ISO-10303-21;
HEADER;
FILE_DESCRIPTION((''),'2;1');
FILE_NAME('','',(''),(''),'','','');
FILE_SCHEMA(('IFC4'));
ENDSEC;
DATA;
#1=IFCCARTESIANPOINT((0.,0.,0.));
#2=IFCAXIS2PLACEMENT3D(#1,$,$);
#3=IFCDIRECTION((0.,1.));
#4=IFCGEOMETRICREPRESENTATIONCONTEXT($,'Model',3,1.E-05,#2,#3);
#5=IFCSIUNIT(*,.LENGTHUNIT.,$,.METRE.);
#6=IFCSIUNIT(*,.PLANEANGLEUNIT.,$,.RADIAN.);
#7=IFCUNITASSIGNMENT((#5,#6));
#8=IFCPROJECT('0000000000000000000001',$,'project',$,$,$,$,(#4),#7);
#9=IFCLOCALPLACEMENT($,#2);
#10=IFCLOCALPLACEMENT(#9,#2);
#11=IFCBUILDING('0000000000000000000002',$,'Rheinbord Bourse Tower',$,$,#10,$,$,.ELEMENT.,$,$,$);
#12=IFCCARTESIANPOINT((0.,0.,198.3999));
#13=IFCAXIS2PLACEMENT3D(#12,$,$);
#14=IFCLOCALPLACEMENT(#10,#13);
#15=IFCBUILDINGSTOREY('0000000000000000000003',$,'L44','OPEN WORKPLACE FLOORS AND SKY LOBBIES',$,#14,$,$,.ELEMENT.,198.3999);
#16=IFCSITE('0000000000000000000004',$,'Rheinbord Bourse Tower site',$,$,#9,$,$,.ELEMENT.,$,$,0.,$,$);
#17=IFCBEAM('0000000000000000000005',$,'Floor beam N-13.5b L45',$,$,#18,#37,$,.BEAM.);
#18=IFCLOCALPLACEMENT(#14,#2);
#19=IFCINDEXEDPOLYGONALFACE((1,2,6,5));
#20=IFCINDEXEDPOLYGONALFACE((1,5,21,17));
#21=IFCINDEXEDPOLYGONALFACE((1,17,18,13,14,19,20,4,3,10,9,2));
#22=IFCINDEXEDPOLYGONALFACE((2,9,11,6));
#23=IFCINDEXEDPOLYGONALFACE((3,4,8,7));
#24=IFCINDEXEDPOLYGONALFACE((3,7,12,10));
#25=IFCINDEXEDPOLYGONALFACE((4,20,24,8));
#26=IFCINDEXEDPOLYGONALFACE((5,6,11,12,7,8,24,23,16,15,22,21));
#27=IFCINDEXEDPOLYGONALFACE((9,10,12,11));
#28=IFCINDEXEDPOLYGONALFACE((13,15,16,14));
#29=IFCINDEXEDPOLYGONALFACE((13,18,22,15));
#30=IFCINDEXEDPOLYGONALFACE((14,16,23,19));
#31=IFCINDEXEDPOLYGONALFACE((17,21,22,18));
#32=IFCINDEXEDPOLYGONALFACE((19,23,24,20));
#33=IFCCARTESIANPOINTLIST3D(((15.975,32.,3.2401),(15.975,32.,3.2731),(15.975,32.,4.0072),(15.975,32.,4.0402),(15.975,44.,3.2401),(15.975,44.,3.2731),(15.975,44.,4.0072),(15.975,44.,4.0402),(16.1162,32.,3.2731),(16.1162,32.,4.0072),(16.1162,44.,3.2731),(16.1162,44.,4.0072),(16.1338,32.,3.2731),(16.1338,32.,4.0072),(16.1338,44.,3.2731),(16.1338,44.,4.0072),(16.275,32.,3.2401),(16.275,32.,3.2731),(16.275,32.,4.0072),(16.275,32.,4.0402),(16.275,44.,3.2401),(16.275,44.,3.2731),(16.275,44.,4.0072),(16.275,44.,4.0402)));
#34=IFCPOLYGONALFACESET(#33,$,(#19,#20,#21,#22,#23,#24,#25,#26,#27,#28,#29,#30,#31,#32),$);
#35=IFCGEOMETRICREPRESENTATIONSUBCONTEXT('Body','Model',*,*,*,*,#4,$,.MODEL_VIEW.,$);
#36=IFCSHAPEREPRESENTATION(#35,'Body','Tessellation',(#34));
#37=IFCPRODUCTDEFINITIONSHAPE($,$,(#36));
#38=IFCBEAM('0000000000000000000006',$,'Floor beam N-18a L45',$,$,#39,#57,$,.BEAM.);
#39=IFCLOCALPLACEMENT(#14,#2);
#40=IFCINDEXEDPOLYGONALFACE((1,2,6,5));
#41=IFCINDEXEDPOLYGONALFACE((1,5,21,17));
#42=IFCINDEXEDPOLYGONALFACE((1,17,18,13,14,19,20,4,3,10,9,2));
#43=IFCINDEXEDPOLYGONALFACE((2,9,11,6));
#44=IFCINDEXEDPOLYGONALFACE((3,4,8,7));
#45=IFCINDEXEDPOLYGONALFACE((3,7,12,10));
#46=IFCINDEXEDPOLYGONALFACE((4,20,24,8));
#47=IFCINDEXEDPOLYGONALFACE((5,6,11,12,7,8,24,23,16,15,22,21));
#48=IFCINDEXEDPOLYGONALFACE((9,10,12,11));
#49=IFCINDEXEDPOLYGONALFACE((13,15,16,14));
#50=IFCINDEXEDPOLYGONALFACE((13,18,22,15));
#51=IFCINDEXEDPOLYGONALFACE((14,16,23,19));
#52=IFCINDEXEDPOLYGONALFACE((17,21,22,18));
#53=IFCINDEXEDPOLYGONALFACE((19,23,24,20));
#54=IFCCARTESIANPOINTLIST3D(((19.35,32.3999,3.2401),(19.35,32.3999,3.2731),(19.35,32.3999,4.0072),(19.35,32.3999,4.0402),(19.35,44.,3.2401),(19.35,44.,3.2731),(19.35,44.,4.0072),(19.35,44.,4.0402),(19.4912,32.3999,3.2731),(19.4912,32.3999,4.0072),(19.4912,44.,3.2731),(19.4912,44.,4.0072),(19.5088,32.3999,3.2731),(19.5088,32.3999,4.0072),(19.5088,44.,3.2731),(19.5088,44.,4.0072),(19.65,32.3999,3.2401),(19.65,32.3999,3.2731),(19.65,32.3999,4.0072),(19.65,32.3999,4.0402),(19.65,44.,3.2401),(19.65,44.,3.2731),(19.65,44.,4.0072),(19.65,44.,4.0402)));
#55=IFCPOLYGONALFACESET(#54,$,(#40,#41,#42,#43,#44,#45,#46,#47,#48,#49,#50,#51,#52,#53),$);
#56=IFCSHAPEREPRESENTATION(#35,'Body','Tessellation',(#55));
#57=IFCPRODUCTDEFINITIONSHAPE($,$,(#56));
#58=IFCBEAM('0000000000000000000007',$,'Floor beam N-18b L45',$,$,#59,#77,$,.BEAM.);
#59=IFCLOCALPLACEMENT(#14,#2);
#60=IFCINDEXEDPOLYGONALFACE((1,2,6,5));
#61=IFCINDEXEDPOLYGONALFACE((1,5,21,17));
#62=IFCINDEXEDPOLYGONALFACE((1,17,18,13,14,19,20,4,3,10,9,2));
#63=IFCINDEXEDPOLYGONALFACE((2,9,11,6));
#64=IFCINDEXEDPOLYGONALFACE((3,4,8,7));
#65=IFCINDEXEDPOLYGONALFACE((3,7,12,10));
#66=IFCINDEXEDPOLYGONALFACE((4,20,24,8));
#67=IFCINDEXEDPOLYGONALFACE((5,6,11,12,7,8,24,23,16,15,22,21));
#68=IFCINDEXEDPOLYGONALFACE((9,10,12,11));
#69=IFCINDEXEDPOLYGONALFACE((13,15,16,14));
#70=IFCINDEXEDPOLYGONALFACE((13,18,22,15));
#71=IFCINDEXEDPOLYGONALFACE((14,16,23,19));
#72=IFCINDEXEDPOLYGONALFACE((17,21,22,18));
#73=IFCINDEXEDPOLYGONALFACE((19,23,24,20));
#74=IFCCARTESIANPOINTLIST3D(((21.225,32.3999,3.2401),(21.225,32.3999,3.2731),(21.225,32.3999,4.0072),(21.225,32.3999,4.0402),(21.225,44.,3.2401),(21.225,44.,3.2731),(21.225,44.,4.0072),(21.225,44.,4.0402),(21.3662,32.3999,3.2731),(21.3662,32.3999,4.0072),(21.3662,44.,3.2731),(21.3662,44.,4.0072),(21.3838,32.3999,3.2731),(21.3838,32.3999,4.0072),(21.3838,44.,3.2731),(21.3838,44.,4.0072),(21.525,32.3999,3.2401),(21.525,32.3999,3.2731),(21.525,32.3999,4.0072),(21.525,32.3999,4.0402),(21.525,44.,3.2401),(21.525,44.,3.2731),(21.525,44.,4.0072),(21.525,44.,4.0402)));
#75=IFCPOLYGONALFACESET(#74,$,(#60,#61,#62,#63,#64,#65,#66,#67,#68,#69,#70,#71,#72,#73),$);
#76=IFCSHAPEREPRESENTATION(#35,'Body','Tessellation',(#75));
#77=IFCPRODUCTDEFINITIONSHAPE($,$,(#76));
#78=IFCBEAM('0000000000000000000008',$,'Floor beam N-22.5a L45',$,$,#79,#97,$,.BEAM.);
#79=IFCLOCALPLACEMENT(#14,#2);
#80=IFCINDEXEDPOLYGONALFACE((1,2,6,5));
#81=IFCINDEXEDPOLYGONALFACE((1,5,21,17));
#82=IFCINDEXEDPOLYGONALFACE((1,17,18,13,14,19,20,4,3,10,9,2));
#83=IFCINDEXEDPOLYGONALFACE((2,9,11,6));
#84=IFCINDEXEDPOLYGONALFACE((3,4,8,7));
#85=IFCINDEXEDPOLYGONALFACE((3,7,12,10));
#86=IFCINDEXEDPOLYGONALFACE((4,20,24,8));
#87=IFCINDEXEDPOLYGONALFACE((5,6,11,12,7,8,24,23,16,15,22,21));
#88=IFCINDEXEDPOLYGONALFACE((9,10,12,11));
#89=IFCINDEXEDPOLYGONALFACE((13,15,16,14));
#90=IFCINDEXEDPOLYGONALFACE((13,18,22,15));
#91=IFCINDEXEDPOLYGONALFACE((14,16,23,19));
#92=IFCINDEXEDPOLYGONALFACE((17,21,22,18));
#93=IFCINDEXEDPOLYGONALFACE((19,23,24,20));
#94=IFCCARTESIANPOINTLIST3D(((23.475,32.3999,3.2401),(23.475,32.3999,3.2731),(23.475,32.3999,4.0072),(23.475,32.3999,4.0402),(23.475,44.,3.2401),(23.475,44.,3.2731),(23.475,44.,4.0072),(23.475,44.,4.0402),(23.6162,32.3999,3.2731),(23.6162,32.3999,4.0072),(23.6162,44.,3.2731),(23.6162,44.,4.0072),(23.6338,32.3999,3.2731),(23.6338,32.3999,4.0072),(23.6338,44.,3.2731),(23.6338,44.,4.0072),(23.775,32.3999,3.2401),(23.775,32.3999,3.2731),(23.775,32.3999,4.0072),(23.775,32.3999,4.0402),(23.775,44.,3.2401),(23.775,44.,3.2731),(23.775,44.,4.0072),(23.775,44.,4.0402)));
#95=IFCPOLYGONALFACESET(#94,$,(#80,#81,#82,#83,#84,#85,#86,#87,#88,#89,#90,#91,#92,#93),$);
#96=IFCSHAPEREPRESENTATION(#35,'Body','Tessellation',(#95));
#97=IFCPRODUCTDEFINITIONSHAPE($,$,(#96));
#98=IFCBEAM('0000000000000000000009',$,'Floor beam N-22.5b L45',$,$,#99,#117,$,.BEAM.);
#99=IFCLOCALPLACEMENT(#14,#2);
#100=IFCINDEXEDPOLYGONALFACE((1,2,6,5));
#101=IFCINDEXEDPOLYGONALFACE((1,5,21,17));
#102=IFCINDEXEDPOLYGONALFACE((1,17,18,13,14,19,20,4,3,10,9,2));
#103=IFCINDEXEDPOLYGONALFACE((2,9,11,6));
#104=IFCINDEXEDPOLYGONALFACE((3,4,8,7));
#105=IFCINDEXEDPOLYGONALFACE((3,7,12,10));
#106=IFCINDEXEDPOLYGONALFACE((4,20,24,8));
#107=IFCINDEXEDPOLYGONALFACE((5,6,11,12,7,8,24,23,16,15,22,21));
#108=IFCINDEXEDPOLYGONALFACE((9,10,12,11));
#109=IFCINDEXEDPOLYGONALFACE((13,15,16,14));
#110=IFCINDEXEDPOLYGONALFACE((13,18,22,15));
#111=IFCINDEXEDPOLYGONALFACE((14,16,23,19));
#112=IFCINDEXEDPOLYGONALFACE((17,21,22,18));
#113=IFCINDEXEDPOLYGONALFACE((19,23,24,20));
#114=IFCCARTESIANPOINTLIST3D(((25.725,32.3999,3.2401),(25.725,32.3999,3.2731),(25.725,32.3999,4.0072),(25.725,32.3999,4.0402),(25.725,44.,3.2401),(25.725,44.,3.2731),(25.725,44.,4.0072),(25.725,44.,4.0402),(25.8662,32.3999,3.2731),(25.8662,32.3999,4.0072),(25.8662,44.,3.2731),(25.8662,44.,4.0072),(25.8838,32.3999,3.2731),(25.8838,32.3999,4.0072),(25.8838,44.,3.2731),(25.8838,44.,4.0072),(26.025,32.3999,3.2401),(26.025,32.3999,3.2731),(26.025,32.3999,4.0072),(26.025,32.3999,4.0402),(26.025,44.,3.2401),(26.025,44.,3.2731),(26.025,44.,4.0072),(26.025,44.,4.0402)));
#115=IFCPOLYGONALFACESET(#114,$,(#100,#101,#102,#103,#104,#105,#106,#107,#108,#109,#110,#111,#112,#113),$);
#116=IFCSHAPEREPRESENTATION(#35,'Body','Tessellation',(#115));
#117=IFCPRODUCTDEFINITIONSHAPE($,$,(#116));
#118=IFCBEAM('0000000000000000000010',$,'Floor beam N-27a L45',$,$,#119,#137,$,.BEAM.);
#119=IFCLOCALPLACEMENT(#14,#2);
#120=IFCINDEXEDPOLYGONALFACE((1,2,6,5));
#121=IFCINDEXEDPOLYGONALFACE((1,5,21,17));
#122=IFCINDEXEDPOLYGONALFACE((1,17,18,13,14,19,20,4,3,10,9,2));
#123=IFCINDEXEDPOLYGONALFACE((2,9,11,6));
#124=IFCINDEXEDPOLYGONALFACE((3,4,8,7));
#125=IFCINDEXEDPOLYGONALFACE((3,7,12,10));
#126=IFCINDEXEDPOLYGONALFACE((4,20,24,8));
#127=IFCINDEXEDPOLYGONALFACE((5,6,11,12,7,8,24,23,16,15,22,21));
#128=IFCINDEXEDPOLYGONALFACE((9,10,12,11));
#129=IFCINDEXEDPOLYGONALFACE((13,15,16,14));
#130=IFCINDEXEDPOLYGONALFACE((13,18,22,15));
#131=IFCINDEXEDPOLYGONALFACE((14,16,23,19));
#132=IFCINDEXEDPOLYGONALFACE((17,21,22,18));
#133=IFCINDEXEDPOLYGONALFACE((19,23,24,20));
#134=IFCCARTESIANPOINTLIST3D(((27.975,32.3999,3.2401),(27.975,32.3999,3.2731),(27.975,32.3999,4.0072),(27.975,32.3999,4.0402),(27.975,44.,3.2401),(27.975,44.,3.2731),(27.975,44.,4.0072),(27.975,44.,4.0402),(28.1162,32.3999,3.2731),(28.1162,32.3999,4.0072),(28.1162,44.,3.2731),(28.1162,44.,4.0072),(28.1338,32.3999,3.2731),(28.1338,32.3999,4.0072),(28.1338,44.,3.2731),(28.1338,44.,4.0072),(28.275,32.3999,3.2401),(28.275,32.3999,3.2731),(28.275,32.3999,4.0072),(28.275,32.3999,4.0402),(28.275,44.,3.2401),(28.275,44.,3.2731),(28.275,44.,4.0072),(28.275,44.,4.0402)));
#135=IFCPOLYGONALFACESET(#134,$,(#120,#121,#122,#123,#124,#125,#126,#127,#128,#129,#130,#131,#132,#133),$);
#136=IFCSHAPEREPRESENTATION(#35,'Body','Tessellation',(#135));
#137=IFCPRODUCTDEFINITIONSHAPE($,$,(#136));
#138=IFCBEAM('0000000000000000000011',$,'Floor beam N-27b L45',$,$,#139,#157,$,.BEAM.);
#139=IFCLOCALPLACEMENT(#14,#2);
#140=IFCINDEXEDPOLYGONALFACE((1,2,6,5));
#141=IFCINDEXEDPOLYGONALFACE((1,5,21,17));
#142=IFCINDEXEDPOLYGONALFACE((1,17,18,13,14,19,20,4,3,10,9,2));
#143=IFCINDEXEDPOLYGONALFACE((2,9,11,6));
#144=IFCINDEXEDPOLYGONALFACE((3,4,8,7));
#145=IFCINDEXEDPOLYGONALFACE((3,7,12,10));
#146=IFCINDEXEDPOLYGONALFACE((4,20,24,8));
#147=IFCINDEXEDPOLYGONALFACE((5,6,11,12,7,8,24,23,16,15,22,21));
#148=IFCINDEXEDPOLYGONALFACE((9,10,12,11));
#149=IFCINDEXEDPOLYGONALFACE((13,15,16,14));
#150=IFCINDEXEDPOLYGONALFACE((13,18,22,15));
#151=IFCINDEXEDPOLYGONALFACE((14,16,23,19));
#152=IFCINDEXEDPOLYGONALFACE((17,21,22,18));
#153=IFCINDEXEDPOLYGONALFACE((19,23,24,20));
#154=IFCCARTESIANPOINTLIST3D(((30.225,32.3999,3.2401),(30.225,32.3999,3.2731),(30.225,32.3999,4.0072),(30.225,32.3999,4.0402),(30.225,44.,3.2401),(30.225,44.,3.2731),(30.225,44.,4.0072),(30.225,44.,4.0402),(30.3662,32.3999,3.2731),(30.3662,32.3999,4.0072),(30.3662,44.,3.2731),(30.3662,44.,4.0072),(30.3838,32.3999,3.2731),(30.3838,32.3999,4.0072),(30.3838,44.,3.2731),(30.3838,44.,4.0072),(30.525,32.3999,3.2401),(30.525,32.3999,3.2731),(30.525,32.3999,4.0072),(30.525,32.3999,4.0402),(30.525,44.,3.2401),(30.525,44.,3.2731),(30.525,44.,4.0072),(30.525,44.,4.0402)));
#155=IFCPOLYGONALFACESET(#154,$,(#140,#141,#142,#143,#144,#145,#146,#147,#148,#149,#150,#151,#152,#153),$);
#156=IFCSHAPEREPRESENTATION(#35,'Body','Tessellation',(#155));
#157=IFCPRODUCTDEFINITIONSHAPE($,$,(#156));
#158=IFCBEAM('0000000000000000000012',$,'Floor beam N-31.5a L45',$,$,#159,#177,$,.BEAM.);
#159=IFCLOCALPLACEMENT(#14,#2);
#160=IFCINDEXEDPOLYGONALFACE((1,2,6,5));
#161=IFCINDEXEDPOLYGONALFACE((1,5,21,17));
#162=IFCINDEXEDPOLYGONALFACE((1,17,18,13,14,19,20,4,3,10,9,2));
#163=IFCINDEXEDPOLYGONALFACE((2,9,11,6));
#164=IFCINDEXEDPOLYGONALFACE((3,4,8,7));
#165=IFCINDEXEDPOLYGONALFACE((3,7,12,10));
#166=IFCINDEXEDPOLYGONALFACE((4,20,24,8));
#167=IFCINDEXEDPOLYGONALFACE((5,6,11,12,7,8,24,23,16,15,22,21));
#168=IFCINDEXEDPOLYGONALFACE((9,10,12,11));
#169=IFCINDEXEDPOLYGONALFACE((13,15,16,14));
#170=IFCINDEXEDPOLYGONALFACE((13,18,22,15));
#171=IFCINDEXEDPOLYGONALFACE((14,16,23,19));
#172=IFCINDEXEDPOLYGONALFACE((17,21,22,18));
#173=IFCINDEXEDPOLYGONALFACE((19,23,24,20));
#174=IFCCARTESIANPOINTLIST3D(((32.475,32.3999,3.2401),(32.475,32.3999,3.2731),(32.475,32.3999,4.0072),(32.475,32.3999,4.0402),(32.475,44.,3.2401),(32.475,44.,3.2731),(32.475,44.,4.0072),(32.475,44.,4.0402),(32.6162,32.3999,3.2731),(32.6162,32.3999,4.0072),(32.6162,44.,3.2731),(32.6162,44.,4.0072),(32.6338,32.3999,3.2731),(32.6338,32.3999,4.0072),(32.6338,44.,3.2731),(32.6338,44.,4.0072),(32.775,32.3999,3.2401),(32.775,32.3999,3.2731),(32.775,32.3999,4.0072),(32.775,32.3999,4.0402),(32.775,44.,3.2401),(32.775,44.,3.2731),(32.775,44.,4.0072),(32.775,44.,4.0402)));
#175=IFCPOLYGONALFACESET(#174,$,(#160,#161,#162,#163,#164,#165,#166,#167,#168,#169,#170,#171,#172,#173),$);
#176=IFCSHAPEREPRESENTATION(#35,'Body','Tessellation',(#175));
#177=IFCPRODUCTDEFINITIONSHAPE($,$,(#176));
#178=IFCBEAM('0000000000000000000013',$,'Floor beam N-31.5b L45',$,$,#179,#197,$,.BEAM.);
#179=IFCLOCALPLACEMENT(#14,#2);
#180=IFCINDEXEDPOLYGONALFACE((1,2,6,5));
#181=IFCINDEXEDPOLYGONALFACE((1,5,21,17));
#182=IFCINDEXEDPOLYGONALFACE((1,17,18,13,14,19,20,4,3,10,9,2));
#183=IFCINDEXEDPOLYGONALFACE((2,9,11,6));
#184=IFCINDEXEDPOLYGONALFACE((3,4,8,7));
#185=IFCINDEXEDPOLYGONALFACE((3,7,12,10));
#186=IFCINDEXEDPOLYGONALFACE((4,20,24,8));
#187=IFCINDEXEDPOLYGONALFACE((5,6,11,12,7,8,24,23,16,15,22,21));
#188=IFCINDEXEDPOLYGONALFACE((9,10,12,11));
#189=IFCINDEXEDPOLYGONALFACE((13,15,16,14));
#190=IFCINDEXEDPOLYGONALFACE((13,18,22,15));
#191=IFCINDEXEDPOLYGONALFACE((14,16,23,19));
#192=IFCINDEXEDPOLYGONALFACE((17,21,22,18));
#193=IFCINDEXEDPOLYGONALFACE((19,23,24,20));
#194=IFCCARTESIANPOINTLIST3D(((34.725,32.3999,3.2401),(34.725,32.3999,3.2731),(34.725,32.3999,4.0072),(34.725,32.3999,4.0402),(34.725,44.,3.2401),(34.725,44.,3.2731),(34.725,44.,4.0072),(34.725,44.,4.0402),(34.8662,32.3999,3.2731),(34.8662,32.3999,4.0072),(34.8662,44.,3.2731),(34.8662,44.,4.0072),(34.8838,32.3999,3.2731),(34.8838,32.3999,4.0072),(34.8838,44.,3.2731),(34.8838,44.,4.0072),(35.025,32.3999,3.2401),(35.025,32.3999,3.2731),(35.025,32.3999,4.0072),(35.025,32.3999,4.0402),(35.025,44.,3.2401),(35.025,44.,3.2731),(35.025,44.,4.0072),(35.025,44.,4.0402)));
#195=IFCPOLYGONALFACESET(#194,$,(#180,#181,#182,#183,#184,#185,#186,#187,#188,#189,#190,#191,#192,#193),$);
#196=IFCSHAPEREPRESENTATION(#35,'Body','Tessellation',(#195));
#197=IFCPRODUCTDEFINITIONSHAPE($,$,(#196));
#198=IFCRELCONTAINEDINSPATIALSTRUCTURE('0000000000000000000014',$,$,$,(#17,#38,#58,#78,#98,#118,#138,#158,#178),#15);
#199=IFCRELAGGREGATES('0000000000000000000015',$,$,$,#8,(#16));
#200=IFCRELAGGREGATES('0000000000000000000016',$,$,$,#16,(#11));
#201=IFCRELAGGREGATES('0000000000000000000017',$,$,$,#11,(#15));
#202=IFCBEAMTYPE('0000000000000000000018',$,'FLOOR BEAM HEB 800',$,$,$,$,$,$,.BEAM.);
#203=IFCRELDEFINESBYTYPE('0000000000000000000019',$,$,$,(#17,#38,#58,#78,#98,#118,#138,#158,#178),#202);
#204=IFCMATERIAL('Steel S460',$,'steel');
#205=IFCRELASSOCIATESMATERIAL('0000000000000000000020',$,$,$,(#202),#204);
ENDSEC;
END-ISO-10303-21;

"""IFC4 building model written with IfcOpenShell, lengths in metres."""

from ifc_helpers import new_model, si_unit, direction, frame, origin, origin_2d, place, context, subcontext, project, spatial, i_section, extrude, material, material_profile, profile_set, type_object, element, save


model = new_model("IFC4")

# Units and contexts
model_context = context("Model", 3, precision=1e-05, world=origin(), true_north=direction((0.0, 1.0)))
body_context = subcontext(model_context, "Body", "Model", "MODEL_VIEW")
ifc_project = project(units=[si_unit("LENGTHUNIT", "METRE"), si_unit("PLANEANGLEUNIT", "RADIAN")], contexts=[model_context])

# Site, building, storey
site_placement = place(None, origin())
site = spatial("IfcSite", under=ifc_project, at=site_placement, Name="Rheinbord Bourse Tower site", CompositionType="ELEMENT", RefElevation=0.0)
building_placement = place(site_placement, origin())
building = spatial("IfcBuilding", under=site, at=building_placement, Name="Rheinbord Bourse Tower", CompositionType="ELEMENT")
storey_placement = place(building_placement, frame((0.0, 0.0, 198.3999)))
storey = spatial("IfcBuildingStorey", under=building, at=storey_placement, Name="L44", Description="OPEN WORKPLACE FLOORS AND SKY LOBBIES", CompositionType="ELEMENT", Elevation=198.3999)

# Beams
ifc_material_1 = material(Name="Steel S460", Category="steel")
ifc_material_profile_1 = material_profile(ifc_material_1, i_section(OverallWidth=0.3, OverallDepth=0.8, WebThickness=0.0176, FlangeThickness=0.033, at=origin_2d()), Name="HEB 800")
ifc_profile_set_1 = profile_set([ifc_material_profile_1], Name="Steel S460")
beam_type_1 = type_object("IfcBeamType", Name="FLOOR BEAM HEB 800", PredefinedType="BEAM", material=ifc_profile_set_1)
beam_placement = place(storey_placement, frame((16.125, 44.0, 3.6401), z_axis=(0.0, -1.0, 0.0), x_axis=(1.0, 0.0, 0.0)))
element("IfcBeam", 1, at=beam_placement, inside=storey, type_object=beam_type_1, Name="Floor beam N-13.5b L45", PredefinedType="BEAM", context=body_context, shape_type="SweptSolid", body=[
    extrude(i_section(OverallWidth=0.3, OverallDepth=0.8, WebThickness=0.0176, FlangeThickness=0.033, at=origin_2d()), origin(), (0.0, 0.0, 1.0), 12.0),
])
for number, where, z_axis, x_axis, name in (
    (2, (19.5, 44.0, 3.6401), (0.0, -1.0, 0.0), (1.0, 0.0, 0.0), "Floor beam N-18a L45"),
    (3, (21.375, 44.0, 3.6401), (0.0, -1.0, 0.0), (1.0, 0.0, 0.0), "Floor beam N-18b L45"),
    (4, (23.625, 44.0, 3.6401), (0.0, -1.0, 0.0), (1.0, 0.0, 0.0), "Floor beam N-22.5a L45"),
    (5, (25.875, 44.0, 3.6401), (0.0, -1.0, 0.0), (1.0, 0.0, 0.0), "Floor beam N-22.5b L45"),
    (6, (28.125, 44.0, 3.6401), (0.0, -1.0, 0.0), (1.0, 0.0, 0.0), "Floor beam N-27a L45"),
    (7, (30.375, 44.0, 3.6401), (0.0, -1.0, 0.0), (1.0, 0.0, 0.0), "Floor beam N-27b L45"),
    (8, (32.625, 44.0, 3.6401), (0.0, -1.0, 0.0), (1.0, 0.0, 0.0), "Floor beam N-31.5a L45"),
    (9, (34.875, 44.0, 3.6401), (0.0, -1.0, 0.0), (1.0, 0.0, 0.0), "Floor beam N-31.5b L45"),
):
    element("IfcBeam", number, at=place(storey_placement, frame(where, z_axis=z_axis, x_axis=x_axis)), inside=storey, type_object=beam_type_1, Name=name, PredefinedType="BEAM", context=body_context, shape_type="SweptSolid", body=[
        extrude(i_section(OverallWidth=0.3, OverallDepth=0.8, WebThickness=0.0176, FlangeThickness=0.033, at=origin_2d()), origin(), (0.0, 0.0, 1.0), 11.6001),
    ])

save(model, "model.ifc")
